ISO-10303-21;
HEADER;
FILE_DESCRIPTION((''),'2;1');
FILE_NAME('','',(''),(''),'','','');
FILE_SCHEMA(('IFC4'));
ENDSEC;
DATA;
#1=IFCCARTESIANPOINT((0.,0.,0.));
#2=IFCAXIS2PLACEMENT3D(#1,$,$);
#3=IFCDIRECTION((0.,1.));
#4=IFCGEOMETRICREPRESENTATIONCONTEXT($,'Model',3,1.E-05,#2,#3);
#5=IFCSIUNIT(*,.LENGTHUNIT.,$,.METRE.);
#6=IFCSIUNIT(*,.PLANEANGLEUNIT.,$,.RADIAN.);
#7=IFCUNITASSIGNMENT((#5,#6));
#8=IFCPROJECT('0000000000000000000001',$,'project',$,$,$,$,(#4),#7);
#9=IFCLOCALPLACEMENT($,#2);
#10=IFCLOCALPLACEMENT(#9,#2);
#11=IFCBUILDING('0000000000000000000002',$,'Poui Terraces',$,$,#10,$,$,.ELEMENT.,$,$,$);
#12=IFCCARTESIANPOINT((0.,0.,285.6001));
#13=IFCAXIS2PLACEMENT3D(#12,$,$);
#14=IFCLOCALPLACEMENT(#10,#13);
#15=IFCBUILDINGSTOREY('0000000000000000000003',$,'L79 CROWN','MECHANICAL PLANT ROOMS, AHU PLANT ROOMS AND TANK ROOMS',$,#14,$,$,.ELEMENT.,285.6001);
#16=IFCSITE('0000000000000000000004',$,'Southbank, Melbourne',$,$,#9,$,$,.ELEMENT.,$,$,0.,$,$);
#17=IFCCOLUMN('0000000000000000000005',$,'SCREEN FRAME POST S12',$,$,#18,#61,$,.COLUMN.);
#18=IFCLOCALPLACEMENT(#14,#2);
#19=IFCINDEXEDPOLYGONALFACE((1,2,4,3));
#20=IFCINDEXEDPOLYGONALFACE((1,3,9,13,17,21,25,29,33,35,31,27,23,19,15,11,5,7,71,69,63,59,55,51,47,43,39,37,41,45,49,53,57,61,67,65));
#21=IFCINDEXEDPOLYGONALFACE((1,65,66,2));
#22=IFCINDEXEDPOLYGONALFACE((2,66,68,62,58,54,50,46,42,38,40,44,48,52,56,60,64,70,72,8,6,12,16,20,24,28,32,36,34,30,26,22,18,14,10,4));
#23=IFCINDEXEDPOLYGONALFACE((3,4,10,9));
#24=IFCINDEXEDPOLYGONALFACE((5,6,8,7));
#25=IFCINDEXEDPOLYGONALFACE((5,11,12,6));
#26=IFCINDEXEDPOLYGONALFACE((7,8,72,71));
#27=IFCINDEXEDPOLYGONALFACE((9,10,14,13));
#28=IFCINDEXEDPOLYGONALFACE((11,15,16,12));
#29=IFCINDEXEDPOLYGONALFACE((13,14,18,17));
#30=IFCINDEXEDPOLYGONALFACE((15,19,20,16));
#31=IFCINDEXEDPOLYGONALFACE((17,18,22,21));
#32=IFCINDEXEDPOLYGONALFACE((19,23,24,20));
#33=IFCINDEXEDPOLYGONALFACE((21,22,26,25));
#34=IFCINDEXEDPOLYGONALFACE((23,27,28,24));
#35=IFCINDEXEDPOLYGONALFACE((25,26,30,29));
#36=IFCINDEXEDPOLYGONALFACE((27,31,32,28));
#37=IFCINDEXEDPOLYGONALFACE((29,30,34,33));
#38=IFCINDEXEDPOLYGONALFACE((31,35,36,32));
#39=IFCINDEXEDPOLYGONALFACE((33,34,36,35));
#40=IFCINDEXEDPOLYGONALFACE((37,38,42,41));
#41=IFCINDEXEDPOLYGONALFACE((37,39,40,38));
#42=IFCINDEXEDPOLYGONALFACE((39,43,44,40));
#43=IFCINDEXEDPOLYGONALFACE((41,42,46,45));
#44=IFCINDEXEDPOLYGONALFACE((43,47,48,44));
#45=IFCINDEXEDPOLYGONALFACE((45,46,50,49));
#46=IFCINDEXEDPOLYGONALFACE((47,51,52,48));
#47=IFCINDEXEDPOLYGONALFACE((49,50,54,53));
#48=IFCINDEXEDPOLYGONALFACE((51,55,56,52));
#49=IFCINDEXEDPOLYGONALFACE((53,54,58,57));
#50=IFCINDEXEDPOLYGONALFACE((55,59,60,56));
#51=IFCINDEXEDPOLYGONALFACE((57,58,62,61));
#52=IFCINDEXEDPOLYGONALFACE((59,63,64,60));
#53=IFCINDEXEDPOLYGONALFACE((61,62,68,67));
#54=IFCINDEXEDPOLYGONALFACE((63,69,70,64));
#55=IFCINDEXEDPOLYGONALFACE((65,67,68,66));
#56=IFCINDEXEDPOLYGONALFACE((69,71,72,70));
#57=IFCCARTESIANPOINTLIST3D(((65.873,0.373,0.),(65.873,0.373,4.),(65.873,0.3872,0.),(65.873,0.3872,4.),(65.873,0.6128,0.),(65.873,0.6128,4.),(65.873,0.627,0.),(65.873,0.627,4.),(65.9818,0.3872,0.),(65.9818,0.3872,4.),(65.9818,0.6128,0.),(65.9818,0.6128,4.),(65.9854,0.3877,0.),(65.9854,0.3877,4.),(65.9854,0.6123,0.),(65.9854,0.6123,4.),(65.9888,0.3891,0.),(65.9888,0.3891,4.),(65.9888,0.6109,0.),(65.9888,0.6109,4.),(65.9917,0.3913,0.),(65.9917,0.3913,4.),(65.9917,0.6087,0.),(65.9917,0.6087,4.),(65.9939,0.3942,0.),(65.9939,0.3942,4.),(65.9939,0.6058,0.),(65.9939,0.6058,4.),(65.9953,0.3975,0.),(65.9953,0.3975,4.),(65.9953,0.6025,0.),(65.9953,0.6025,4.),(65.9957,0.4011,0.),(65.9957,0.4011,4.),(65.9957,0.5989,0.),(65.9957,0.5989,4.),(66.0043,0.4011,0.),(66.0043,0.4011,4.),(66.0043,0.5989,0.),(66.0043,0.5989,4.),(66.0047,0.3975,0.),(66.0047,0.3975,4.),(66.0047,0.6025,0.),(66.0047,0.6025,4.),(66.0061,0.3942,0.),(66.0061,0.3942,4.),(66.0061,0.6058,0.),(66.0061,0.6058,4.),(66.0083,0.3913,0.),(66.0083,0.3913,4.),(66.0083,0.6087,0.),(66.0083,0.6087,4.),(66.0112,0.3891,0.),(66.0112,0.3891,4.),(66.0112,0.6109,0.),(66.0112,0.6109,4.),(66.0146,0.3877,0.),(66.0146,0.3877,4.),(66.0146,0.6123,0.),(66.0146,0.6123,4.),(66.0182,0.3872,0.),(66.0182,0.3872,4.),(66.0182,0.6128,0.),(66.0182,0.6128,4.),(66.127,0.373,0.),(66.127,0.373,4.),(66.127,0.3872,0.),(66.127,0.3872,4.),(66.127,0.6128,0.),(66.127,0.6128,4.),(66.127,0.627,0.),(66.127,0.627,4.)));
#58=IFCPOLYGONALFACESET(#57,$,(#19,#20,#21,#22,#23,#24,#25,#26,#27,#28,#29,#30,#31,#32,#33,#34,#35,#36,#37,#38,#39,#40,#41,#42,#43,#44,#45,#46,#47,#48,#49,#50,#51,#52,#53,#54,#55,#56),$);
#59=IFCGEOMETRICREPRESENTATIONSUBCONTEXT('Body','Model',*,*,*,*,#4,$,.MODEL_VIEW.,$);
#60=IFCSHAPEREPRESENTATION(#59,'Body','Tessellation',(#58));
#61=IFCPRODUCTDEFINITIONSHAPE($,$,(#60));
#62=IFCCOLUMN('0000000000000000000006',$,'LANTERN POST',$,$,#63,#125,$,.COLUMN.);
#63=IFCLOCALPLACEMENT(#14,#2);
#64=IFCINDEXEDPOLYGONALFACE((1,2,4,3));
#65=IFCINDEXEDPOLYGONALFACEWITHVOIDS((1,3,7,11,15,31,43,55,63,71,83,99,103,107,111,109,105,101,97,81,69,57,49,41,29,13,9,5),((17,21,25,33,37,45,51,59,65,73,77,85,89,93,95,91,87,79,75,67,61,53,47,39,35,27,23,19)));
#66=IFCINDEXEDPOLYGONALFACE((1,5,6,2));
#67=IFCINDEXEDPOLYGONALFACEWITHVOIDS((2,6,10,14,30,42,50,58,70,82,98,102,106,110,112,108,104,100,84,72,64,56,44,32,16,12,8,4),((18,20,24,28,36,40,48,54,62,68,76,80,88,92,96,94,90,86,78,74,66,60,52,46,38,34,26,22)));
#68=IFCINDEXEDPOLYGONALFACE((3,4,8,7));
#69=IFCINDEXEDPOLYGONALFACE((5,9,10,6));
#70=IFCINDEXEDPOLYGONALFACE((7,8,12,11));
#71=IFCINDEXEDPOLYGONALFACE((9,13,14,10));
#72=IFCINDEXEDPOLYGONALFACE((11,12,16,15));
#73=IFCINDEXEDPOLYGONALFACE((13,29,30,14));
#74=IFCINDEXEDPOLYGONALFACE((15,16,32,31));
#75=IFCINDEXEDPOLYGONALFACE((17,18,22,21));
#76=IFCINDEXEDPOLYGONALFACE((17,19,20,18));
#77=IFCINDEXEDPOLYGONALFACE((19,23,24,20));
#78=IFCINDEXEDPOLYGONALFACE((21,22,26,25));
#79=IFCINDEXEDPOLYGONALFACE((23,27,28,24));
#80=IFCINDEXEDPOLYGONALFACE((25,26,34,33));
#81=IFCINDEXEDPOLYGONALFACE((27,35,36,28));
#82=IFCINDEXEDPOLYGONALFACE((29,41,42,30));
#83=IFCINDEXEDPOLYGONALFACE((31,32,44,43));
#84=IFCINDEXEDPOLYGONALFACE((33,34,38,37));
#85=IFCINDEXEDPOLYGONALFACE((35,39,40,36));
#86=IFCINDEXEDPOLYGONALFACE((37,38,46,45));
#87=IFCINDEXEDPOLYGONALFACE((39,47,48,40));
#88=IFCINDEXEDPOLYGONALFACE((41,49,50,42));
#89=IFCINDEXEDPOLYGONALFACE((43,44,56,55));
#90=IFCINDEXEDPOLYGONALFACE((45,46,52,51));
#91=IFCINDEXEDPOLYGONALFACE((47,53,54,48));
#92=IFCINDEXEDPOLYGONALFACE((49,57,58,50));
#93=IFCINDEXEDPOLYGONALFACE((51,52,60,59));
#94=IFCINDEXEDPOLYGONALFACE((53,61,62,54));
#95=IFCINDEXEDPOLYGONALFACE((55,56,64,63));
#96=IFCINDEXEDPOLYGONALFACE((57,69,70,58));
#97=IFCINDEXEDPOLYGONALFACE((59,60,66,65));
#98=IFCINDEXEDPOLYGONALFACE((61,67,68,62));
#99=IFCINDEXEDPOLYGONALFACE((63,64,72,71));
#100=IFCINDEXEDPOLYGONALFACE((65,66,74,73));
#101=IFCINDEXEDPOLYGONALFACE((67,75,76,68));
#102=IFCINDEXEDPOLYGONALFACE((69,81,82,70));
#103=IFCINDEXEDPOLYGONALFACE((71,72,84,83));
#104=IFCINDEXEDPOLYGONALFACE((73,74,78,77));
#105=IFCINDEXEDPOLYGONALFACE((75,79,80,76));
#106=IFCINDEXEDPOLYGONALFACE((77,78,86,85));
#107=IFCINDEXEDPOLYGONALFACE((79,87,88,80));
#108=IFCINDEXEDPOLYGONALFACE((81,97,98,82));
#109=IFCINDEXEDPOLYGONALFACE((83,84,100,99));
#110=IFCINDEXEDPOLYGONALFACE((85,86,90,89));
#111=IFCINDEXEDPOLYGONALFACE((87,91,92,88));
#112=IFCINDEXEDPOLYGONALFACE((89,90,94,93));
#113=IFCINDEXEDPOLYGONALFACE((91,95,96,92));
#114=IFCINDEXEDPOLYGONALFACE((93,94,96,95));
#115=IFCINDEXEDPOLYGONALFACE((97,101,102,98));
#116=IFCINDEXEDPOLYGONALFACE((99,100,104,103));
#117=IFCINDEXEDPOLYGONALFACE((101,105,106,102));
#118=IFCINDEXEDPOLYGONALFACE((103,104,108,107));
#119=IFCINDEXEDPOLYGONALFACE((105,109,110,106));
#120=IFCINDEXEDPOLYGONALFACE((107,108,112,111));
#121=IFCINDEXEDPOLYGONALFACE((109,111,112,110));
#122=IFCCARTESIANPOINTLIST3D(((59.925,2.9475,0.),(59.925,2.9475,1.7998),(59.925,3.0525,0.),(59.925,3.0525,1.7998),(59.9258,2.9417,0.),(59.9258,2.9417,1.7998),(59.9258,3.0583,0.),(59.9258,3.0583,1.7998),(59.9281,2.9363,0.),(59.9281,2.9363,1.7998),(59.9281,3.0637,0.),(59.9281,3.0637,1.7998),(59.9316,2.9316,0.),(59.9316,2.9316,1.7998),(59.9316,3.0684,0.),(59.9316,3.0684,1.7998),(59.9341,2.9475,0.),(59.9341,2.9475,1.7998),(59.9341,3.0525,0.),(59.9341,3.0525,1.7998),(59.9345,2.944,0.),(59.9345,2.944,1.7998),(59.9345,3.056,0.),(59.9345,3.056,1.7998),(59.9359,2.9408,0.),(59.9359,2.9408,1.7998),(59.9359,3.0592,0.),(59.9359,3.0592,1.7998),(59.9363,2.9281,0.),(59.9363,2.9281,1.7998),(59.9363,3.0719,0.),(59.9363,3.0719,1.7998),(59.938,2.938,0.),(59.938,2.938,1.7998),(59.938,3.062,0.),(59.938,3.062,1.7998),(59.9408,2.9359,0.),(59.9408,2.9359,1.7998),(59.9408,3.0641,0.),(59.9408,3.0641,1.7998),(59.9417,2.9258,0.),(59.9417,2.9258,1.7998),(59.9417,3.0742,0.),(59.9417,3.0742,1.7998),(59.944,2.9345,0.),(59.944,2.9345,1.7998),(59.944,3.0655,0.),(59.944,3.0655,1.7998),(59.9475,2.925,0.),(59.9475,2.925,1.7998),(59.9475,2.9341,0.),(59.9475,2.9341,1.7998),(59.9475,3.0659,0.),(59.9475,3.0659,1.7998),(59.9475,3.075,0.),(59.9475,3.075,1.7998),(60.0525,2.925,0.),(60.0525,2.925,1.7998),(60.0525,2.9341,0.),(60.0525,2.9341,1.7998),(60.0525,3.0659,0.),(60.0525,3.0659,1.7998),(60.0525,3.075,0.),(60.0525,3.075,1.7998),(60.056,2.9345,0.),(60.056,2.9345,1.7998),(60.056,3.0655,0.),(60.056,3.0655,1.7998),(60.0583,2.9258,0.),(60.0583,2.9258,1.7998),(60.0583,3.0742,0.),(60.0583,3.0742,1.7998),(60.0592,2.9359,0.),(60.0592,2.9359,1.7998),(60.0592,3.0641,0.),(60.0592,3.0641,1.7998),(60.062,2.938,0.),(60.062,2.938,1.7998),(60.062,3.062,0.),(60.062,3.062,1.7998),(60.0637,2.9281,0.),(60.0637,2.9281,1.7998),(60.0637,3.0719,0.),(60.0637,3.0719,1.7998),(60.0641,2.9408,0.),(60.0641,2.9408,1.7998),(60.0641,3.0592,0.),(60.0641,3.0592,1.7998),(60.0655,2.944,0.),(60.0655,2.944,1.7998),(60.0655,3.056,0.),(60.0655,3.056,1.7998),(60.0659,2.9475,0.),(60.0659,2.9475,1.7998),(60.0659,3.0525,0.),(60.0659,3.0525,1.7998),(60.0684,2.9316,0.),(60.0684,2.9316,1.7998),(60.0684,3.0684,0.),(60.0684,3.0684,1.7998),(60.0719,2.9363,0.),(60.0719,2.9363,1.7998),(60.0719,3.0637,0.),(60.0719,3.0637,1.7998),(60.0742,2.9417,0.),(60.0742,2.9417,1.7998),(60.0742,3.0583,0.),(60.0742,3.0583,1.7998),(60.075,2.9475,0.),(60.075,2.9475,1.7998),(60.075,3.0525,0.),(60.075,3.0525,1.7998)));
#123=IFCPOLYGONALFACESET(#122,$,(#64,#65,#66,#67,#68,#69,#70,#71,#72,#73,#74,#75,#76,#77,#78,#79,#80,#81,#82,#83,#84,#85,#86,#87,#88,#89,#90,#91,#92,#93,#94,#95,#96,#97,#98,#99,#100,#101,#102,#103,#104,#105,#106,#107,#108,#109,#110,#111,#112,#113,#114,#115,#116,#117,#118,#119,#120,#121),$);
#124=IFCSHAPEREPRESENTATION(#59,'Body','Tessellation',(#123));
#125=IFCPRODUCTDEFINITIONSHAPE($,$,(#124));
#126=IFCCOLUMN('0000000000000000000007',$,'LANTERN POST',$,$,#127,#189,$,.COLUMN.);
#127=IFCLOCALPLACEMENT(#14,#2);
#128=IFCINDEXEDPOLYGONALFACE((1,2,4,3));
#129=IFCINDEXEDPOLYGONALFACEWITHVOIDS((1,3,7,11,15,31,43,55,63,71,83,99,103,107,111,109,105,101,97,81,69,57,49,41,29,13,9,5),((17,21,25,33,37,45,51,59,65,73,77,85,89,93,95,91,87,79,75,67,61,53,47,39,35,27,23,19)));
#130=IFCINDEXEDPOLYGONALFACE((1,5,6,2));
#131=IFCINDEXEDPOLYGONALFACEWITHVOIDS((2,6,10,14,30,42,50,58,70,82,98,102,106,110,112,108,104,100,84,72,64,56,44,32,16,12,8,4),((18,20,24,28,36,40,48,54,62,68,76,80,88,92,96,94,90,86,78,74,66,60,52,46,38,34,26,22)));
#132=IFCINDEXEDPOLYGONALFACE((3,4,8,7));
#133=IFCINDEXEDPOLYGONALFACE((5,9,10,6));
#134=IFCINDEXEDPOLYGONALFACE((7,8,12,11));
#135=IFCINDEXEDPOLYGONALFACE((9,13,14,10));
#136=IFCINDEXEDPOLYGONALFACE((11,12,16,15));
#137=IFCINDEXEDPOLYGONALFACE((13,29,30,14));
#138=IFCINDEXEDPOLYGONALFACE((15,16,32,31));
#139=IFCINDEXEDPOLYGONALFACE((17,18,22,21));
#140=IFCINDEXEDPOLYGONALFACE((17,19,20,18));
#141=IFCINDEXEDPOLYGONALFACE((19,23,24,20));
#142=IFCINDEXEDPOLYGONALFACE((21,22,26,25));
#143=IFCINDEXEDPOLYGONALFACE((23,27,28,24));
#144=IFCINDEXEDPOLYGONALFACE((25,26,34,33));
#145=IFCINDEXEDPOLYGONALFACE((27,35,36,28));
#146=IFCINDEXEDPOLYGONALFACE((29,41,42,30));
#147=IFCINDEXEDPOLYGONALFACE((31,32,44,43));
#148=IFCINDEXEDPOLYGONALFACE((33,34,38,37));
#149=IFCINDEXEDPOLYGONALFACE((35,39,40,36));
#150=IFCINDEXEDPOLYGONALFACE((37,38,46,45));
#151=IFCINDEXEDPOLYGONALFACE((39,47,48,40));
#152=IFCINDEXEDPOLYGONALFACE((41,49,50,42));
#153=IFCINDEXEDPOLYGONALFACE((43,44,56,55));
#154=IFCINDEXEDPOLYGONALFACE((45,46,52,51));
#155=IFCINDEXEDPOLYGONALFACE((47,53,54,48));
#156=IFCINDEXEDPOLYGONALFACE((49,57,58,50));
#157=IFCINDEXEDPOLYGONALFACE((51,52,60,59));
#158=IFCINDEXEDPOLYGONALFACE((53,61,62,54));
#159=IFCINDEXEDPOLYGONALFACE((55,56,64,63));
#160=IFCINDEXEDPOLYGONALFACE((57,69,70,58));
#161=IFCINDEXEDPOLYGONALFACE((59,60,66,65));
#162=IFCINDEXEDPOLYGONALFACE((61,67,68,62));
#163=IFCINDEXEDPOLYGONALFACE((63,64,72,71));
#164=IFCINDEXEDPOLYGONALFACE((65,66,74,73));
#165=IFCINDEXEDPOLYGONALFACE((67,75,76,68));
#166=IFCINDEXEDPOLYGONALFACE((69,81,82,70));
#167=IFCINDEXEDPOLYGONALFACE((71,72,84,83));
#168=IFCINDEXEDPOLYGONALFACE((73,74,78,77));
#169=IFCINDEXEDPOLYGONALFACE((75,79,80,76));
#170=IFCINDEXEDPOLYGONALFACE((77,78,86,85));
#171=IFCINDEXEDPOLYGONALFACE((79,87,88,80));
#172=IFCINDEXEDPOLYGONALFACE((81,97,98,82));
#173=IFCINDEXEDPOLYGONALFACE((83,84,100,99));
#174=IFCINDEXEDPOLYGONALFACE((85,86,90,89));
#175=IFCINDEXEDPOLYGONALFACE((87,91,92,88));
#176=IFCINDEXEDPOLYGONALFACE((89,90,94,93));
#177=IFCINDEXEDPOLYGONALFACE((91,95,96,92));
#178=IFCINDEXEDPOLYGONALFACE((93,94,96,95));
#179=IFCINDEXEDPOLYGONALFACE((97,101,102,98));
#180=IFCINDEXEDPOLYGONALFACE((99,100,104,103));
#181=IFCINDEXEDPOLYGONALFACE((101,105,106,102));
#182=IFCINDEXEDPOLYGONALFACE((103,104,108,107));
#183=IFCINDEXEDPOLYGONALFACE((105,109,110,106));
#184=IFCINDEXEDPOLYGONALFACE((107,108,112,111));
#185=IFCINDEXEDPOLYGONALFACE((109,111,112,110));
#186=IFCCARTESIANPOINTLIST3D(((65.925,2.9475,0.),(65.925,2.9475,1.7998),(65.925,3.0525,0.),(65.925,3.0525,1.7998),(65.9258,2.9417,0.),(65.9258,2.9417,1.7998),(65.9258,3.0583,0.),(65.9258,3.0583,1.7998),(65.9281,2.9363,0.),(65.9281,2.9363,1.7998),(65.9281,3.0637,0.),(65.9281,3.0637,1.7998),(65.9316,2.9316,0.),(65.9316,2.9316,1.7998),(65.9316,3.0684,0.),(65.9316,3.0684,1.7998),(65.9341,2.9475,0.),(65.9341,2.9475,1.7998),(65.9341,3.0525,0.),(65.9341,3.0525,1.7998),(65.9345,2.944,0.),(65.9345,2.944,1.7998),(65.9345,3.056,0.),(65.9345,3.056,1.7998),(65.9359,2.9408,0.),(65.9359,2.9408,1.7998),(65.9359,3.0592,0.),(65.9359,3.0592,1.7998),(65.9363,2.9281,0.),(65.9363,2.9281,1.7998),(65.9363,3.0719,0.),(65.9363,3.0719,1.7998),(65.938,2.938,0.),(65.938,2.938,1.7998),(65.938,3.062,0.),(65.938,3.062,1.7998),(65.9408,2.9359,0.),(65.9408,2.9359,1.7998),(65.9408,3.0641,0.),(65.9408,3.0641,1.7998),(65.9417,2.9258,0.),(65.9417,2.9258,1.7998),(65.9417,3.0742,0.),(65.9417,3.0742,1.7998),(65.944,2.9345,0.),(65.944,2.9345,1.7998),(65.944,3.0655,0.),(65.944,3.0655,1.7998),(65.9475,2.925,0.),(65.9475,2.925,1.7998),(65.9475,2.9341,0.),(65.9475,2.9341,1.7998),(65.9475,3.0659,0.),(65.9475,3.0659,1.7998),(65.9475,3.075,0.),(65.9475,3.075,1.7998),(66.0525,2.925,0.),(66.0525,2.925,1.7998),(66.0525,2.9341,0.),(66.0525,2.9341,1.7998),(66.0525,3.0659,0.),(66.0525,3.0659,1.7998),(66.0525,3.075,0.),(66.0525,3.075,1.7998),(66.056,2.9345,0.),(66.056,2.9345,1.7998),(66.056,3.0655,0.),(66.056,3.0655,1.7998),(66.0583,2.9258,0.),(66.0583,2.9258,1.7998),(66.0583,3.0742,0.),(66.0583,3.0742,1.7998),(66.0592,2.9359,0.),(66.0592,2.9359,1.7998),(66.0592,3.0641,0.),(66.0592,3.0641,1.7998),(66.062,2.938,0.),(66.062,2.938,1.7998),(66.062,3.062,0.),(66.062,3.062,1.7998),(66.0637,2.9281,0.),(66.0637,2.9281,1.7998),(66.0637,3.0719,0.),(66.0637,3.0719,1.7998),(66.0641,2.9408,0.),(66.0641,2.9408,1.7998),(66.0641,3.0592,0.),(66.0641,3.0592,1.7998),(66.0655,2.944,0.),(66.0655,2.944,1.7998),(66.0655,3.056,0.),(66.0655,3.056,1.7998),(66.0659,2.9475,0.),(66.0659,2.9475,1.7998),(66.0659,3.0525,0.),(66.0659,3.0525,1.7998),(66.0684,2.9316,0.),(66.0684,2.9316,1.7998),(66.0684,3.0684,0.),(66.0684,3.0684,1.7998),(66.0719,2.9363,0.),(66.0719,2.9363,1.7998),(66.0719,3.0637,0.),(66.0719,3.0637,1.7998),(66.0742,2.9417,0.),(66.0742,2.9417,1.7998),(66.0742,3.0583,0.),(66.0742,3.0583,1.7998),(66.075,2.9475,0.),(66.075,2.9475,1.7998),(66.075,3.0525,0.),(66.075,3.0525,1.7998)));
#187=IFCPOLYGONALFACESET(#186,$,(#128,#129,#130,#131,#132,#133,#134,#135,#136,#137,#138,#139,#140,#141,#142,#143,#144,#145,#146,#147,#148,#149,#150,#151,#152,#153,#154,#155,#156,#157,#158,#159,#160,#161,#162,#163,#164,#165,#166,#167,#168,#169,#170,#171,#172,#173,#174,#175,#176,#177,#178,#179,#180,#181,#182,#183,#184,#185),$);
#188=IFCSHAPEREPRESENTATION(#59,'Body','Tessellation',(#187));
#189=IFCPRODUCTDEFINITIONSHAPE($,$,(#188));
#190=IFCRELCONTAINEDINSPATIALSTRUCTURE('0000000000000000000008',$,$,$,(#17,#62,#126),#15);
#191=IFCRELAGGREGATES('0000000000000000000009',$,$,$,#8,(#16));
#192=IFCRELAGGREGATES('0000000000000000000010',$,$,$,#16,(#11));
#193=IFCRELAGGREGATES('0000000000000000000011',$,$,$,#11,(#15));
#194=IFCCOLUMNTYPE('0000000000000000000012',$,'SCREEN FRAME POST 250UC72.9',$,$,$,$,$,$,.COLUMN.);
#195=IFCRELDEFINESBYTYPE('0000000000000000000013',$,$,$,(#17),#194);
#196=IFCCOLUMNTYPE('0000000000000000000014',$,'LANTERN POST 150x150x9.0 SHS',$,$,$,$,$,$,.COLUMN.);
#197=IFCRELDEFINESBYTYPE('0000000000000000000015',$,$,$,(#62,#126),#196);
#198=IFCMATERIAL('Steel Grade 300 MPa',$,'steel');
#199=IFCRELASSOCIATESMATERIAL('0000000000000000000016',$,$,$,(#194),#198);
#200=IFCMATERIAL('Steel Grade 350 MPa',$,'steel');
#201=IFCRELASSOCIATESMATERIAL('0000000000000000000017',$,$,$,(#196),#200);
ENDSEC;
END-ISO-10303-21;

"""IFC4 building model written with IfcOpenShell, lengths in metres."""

from ifc_helpers import new_model, si_unit, direction, frame, origin, origin_2d, place, context, subcontext, project, spatial, hollow_rectangle, i_section, extrude, source, transform, mapped, material, material_profile, profile_set, type_object, element, save


model = new_model("IFC4")

# Units and contexts
model_context = context("Model", 3, precision=1e-05, world=origin(), true_north=direction((0.0, 1.0)))
body_context = subcontext(model_context, "Body", "Model", "MODEL_VIEW")
ifc_project = project(units=[si_unit("LENGTHUNIT", "METRE"), si_unit("PLANEANGLEUNIT", "RADIAN")], contexts=[model_context])

# Site, building, storey
site_placement = place(None, origin())
site = spatial("IfcSite", under=ifc_project, at=site_placement, Name="Southbank, Melbourne", CompositionType="ELEMENT", RefElevation=0.0)
building_placement = place(site_placement, origin())
building = spatial("IfcBuilding", under=site, at=building_placement, Name="Poui Terraces", CompositionType="ELEMENT")
storey_placement = place(building_placement, frame((0.0, 0.0, 285.6001)))
storey = spatial("IfcBuildingStorey", under=building, at=storey_placement, Name="L79 CROWN", Description="MECHANICAL PLANT ROOMS, AHU PLANT ROOMS AND TANK ROOMS", CompositionType="ELEMENT", Elevation=285.6001)

# Columns
ifc_material_1 = material(Name="Steel Grade 300 MPa", Category="steel")
ifc_material_profile_1 = material_profile(ifc_material_1, i_section(OverallWidth=0.2539, OverallDepth=0.2539, WebThickness=0.0085, FlangeThickness=0.0142, FilletRadius=0.0139, at=origin_2d()), Name="250UC72.9")
ifc_profile_set_1 = profile_set([ifc_material_profile_1], Name="Steel Grade 300 MPa")
column_type_1 = type_object("IfcColumnType", Name="SCREEN FRAME POST 250UC72.9", PredefinedType="COLUMN", material=ifc_profile_set_1)
shared_shape_1 = source(origin(), body_context, "Body", "SweptSolid", [
    extrude(i_section(OverallWidth=0.2539, OverallDepth=0.2539, WebThickness=0.0085, FlangeThickness=0.0142, FilletRadius=0.0139, at=origin_2d()), origin(), (0.0, 0.0, 1.0), 4.0),
])
column_placement = place(storey_placement, frame((66.0, 0.5, 0.0), z_axis=(0.0, 0.0, 1.0), x_axis=(1.0, 0.0, 0.0)))
element("IfcColumn", 1, at=column_placement, inside=storey, type_object=column_type_1, Name="SCREEN FRAME POST S12", PredefinedType="COLUMN", context=body_context, shape_type="MappedRepresentation", body=[
    mapped(shared_shape_1, transform((0.0, 0.0, 0.0))),
])
ifc_material_2 = material(Name="Steel Grade 350 MPa", Category="steel")
ifc_material_profile_2 = material_profile(ifc_material_2, hollow_rectangle(XDim=0.1499, YDim=0.1499, WallThickness=0.009, InnerFilletRadius=0.0134, OuterFilletRadius=0.0225, at=origin_2d()), Name="150x150x9.0 SHS")
ifc_profile_set_2 = profile_set([ifc_material_profile_2], Name="Steel Grade 350 MPa")
column_type_2 = type_object("IfcColumnType", Name="LANTERN POST 150x150x9.0 SHS", PredefinedType="COLUMN", material=ifc_profile_set_2)
shared_shape_2 = source(origin(), body_context, "Body", "SweptSolid", [
    extrude(hollow_rectangle(XDim=0.1499, YDim=0.1499, WallThickness=0.009, InnerFilletRadius=0.0134, OuterFilletRadius=0.0225, at=origin_2d()), origin(), (0.0, 0.0, 1.0), 1.7998),
])
for number, where, z_axis, x_axis, name in (
    (2, (60.0, 3.0, 0.0), (0.0, 0.0, 1.0), (1.0, 0.0, 0.0), "LANTERN POST"),
    (3, (66.0, 3.0, 0.0), (0.0, 0.0, 1.0), (1.0, 0.0, 0.0), "LANTERN POST"),
):
    element("IfcColumn", number, at=place(storey_placement, frame(where, z_axis=z_axis, x_axis=x_axis)), inside=storey, type_object=column_type_2, Name=name, PredefinedType="COLUMN", context=body_context, shape_type="MappedRepresentation", body=[
        mapped(shared_shape_2, transform((0.0, 0.0, 0.0))),
    ])

save(model, "model.ifc")
